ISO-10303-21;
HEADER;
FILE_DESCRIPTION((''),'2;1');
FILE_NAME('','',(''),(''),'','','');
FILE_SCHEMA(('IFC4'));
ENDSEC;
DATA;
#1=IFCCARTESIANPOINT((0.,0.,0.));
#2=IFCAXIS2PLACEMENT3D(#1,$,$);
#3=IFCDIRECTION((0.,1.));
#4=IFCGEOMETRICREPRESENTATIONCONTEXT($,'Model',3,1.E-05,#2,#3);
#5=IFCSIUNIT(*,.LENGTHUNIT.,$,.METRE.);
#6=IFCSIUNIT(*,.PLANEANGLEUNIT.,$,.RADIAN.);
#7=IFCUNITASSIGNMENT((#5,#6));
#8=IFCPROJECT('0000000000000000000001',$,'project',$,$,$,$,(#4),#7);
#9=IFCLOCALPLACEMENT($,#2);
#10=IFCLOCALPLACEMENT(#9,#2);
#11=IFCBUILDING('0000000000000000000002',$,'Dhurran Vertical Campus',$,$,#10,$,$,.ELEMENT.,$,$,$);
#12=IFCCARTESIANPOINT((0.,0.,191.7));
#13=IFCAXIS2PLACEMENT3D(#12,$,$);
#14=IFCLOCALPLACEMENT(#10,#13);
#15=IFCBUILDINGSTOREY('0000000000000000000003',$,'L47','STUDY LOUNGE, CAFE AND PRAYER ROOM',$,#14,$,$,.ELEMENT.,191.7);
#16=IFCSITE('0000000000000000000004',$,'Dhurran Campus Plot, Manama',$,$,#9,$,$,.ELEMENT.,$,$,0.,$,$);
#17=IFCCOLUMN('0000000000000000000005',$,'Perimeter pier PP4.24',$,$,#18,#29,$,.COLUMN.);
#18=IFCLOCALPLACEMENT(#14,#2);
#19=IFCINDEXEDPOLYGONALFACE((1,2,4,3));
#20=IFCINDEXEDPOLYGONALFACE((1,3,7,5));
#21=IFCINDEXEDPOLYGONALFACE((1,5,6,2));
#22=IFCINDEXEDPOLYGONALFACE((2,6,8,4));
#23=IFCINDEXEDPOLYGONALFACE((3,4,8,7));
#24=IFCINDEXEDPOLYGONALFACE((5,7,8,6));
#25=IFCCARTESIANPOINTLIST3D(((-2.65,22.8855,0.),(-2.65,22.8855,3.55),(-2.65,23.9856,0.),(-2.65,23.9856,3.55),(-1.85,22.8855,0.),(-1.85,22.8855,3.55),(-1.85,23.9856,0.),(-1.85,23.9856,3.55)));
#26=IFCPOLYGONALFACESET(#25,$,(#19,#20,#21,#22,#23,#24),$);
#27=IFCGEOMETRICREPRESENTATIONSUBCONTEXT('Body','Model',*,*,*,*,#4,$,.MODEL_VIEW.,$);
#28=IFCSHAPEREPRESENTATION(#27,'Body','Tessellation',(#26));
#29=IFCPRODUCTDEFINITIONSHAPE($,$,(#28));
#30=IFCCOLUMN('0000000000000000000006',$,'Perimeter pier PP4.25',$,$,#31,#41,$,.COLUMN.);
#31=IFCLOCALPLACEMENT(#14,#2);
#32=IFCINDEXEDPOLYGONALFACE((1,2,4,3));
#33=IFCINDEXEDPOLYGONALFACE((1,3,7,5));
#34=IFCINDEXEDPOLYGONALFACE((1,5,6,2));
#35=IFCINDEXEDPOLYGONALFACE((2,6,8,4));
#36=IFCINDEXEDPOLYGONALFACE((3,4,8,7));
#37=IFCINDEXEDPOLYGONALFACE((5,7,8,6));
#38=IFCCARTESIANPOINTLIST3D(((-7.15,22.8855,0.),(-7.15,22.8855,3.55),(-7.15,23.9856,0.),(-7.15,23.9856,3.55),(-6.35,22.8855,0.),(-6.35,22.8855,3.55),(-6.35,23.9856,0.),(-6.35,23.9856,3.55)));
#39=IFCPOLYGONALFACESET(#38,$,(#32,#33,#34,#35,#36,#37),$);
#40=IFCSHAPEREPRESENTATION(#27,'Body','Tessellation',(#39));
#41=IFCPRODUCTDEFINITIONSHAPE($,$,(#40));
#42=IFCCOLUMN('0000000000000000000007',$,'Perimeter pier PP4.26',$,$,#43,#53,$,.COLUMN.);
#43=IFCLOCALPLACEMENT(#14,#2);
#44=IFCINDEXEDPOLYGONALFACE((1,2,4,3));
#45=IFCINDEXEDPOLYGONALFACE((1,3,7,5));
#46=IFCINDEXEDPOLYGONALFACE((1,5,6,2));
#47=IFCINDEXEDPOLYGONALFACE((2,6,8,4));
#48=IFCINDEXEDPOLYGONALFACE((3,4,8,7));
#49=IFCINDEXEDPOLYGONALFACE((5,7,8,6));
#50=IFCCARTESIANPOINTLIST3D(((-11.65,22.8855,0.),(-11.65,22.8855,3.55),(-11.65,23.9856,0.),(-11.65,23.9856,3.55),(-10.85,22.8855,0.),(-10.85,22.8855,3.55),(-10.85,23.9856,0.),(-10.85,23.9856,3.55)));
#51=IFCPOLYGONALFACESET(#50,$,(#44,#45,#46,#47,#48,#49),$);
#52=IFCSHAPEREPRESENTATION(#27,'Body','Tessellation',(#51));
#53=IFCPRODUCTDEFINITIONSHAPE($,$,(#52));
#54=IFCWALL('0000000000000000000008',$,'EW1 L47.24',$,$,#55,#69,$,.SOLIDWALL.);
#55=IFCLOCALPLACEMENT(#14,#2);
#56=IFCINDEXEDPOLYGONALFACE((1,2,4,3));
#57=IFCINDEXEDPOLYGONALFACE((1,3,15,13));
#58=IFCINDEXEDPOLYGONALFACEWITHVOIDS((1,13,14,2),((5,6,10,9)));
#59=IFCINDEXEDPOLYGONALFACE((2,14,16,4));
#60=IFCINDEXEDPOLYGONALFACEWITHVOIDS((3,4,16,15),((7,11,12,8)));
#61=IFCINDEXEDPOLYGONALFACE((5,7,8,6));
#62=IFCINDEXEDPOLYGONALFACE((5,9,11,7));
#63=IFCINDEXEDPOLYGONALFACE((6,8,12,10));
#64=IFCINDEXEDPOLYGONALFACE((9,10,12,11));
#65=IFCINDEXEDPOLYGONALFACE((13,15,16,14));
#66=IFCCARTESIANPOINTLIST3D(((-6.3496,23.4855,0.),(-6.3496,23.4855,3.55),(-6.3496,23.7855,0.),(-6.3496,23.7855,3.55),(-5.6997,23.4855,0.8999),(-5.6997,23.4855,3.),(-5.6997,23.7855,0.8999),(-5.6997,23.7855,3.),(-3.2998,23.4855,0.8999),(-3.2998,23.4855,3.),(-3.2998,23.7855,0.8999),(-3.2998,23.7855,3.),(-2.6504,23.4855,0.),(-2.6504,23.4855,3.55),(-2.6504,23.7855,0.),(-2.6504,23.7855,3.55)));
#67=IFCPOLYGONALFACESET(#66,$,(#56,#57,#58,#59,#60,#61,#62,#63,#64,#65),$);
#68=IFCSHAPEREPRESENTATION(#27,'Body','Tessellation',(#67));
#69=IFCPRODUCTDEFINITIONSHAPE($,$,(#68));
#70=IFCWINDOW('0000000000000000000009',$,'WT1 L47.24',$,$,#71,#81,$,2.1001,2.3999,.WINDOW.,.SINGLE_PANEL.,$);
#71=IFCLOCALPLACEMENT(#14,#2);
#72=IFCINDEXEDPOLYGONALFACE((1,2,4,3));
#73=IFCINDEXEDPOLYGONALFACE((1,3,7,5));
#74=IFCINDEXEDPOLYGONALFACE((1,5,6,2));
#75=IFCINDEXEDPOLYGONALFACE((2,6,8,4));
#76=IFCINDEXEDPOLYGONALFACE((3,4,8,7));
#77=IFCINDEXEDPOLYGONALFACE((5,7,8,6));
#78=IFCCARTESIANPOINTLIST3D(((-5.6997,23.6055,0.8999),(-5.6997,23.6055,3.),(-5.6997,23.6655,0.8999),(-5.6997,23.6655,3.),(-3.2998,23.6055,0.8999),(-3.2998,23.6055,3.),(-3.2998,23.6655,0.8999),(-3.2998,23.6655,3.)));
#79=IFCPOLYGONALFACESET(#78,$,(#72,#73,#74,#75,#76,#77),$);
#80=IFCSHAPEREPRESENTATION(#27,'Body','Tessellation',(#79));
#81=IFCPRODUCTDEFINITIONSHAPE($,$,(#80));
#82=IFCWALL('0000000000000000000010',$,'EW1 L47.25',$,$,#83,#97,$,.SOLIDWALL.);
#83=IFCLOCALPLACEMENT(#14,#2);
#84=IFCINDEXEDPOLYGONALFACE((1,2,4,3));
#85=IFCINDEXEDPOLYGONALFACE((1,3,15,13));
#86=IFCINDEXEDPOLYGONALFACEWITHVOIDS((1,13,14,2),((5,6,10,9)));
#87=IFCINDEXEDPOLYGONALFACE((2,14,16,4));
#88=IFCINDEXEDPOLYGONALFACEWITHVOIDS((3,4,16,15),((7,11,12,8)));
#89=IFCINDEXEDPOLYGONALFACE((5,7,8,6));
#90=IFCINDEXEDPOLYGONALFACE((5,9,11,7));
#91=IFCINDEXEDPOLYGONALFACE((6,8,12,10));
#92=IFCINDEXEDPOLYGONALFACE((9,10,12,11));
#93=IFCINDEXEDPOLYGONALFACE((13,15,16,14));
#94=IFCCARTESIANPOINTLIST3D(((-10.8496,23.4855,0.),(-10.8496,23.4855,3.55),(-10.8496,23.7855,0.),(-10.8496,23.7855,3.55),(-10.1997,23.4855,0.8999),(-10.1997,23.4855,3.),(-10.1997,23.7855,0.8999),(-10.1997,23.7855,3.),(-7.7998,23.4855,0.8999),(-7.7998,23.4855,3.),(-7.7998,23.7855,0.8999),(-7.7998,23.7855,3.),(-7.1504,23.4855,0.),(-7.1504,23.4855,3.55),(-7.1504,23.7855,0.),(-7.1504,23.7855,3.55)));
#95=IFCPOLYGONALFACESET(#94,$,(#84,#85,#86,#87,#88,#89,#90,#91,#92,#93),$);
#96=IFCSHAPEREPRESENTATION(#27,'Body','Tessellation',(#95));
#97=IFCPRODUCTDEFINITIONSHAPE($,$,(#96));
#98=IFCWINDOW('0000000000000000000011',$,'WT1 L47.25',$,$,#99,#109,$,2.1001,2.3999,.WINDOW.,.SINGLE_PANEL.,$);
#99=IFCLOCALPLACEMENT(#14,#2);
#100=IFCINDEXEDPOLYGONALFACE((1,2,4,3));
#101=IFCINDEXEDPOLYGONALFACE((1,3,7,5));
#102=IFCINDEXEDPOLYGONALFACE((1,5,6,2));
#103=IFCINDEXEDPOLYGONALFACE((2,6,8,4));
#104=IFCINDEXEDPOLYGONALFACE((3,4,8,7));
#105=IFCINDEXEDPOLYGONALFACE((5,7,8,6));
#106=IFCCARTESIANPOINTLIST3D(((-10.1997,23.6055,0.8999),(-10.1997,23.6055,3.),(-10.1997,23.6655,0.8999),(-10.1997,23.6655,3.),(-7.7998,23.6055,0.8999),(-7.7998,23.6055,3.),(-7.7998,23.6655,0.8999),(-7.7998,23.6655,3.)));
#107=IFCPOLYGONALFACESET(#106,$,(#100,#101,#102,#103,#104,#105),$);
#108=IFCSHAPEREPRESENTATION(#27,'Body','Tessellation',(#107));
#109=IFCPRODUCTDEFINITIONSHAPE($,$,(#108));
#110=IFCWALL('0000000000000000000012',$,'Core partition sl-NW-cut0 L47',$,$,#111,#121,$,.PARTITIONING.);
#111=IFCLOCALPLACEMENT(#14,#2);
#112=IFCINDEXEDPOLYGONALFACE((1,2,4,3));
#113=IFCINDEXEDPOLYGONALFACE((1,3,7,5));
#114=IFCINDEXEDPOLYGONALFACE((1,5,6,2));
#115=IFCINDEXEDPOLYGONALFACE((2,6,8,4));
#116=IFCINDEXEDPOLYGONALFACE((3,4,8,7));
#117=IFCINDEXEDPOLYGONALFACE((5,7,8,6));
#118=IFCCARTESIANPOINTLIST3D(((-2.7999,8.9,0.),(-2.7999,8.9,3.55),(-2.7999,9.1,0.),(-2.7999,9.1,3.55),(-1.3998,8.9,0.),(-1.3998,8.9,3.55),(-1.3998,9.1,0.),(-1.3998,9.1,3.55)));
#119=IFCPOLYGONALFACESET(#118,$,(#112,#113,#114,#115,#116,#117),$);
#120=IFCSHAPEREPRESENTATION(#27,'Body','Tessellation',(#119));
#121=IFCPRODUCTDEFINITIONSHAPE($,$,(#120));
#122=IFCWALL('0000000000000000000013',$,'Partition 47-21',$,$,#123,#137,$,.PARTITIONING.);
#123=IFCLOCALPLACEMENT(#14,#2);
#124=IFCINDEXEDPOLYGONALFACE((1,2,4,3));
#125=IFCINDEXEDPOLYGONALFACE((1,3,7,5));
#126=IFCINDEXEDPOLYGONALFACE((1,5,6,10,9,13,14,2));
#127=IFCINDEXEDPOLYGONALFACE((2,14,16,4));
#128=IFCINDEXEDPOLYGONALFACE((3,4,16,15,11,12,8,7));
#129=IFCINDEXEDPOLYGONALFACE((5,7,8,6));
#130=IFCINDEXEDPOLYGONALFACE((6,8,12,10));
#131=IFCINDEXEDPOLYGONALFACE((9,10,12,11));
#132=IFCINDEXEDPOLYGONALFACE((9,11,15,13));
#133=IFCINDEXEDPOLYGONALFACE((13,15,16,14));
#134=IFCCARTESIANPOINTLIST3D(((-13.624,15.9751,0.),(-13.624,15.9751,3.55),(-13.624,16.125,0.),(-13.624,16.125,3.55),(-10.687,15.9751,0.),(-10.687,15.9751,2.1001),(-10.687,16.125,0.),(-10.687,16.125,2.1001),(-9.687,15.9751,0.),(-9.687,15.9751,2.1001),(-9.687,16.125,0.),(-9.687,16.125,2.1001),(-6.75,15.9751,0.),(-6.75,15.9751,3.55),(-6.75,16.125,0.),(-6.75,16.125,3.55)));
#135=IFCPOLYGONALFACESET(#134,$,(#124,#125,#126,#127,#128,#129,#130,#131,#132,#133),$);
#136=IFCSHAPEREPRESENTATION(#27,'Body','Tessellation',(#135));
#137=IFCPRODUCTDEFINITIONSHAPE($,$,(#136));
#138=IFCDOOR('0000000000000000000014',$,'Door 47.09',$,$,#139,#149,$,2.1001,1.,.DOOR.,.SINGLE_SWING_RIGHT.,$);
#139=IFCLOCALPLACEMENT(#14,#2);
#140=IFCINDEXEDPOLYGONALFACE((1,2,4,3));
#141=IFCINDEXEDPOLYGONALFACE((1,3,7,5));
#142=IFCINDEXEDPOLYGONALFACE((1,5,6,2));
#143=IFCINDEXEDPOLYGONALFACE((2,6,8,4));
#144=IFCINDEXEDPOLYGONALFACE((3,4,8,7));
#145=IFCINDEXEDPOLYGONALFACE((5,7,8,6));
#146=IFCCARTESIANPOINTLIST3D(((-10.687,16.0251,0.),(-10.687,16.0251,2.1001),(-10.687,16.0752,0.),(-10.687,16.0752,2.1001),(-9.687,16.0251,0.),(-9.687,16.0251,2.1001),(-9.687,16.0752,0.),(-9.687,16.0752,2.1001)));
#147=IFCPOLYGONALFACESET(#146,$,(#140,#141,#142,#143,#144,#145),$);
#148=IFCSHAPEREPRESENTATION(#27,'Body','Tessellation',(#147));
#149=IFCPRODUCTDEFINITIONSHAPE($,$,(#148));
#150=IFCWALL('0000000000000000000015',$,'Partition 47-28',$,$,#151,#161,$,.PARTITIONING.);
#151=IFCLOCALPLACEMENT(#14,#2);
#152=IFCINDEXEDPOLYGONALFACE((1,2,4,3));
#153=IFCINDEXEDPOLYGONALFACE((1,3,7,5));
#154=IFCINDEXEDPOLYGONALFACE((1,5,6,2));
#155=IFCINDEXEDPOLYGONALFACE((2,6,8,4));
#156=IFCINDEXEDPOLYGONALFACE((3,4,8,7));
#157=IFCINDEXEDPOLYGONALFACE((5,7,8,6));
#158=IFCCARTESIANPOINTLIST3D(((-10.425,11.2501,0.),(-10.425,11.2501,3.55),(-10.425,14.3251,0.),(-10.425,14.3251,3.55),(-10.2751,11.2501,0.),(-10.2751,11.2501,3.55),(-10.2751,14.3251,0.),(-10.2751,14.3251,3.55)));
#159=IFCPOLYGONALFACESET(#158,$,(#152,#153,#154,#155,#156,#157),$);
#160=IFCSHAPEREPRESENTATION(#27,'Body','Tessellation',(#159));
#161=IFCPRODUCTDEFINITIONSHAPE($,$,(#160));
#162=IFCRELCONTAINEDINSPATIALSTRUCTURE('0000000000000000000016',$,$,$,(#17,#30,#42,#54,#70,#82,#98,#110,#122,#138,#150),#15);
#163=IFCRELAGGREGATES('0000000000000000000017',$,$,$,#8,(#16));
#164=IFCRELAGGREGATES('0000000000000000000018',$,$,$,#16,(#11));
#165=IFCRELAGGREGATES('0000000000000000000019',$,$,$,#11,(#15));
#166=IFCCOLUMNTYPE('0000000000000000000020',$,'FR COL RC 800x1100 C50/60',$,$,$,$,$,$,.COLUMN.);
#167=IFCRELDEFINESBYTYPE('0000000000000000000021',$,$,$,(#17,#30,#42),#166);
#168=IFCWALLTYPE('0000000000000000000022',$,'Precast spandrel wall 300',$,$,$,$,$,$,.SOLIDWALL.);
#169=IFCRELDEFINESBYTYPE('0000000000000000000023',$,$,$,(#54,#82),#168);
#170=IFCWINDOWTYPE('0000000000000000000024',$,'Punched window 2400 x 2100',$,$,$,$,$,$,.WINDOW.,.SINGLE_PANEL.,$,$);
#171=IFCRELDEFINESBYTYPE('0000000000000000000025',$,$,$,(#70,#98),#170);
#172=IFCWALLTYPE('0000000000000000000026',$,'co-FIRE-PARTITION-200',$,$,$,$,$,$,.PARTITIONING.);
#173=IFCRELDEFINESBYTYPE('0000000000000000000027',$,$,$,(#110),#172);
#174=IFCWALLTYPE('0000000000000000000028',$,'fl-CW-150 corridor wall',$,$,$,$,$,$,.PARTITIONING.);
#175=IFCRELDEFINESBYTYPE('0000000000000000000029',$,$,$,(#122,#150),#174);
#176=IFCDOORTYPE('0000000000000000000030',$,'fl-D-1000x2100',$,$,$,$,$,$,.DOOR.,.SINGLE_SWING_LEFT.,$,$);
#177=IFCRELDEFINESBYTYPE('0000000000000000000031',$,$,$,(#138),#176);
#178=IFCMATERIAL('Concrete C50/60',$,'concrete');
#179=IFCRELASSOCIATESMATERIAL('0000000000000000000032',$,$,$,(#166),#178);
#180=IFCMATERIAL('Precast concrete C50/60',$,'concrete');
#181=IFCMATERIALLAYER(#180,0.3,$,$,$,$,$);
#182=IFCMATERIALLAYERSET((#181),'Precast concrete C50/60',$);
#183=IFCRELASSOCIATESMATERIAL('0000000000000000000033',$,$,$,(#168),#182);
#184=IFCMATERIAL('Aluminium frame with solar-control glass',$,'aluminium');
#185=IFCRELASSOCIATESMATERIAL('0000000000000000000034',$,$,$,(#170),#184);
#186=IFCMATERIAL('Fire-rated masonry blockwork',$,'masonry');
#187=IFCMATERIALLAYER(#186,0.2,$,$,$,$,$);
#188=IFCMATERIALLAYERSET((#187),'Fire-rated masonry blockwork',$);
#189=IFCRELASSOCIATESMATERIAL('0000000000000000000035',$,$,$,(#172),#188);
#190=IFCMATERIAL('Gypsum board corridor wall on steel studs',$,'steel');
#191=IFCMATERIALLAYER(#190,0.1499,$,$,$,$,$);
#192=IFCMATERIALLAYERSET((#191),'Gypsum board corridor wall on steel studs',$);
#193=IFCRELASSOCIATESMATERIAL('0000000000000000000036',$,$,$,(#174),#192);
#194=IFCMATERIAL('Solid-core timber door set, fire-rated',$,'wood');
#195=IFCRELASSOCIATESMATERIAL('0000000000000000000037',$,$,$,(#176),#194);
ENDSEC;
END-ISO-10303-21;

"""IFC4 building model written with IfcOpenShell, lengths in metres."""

from ifc_helpers import new_model, si_unit, direction, frame, frame_2d, origin, origin_2d, place, context, subcontext, project, spatial, rectangle, extrude, material, layer, layer_set, material_profile, profile_set, type_object, element, fill, save


model = new_model("IFC4")

# Units and contexts
model_context = context("Model", 3, precision=1e-05, world=origin(), true_north=direction((0.0, 1.0)))
body_context = subcontext(model_context, "Body", "Model", "MODEL_VIEW")
ifc_project = project(units=[si_unit("LENGTHUNIT", "METRE"), si_unit("PLANEANGLEUNIT", "RADIAN")], contexts=[model_context])

# Site, building, storey
site_placement = place(None, origin())
site = spatial("IfcSite", under=ifc_project, at=site_placement, Name="Dhurran Campus Plot, Manama", CompositionType="ELEMENT", RefElevation=0.0)
building_placement = place(site_placement, origin())
building = spatial("IfcBuilding", under=site, at=building_placement, Name="Dhurran Vertical Campus", CompositionType="ELEMENT")
storey_placement = place(building_placement, frame((0.0, 0.0, 191.7)))
storey = spatial("IfcBuildingStorey", under=building, at=storey_placement, Name="L47", Description="STUDY LOUNGE, CAFE AND PRAYER ROOM", CompositionType="ELEMENT", Elevation=191.7)

# Columns
ifc_material_1 = material(Name="Concrete C50/60", Category="concrete")
ifc_material_profile = material_profile(ifc_material_1, rectangle(XDim=0.8, YDim=1.1001, at=origin_2d()), Name="RC 800x1100")
ifc_profile_set = profile_set([ifc_material_profile], Name="Concrete C50/60")
column_type = type_object("IfcColumnType", Name="FR COL RC 800x1100 C50/60", PredefinedType="COLUMN", material=ifc_profile_set)
for number, where, z_axis, x_axis, name in (
    (1, (-2.25, 23.4355, 0.0), (0.0, 0.0, 1.0), (-1.0, 0.0, 0.0), "Perimeter pier PP4.24"),
    (2, (-6.75, 23.4355, 0.0), (0.0, 0.0, 1.0), (-1.0, 0.0, 0.0), "Perimeter pier PP4.25"),
    (3, (-11.25, 23.4355, 0.0), (0.0, 0.0, 1.0), (-1.0, 0.0, 0.0), "Perimeter pier PP4.26"),
):
    element("IfcColumn", number, at=place(storey_placement, frame(where, z_axis=z_axis, x_axis=x_axis)), inside=storey, type_object=column_type, Name=name, PredefinedType="COLUMN", context=body_context, shape_type="SweptSolid", body=[
        extrude(rectangle(XDim=0.8, YDim=1.1001, at=origin_2d()), origin(), (0.0, 0.0, 1.0), 3.55),
    ])

# Walls, openings, windows
ifc_material_2 = material(Name="Precast concrete C50/60", Category="concrete")
ifc_layer_1 = layer(ifc_material_2, 0.3)
ifc_layer_set_1 = layer_set([ifc_layer_1], Name="Precast concrete C50/60")
wall_type_1 = type_object("IfcWallType", Name="Precast spandrel wall 300", PredefinedType="SOLIDWALL", material=ifc_layer_set_1)
wall_1_placement = place(storey_placement, frame((-2.6504, 23.6355, 0.0), z_axis=(0.0, 0.0, 1.0), x_axis=(-1.0, 0.0, 0.0)))
wall_1 = element("IfcWall", 4, at=wall_1_placement, inside=storey, type_object=wall_type_1, Name="EW1 L47.24", PredefinedType="SOLIDWALL", context=body_context, shape_type="SweptSolid", body=[
    extrude(rectangle(XDim=3.6992, YDim=0.3, at=frame_2d((1.8496, 0.0))), origin(), (0.0, 0.0, 1.0), 3.55),
])
opening_1_placement = place(wall_1_placement, frame((0.6494, 0.0, 0.8999)))
opening_1 = element("IfcOpeningElement", 5, at=opening_1_placement, cuts=wall_1, PredefinedType="OPENING", context=body_context, shape_type="SweptSolid", body=[
    extrude(rectangle(XDim=2.3999, YDim=2.1001, at=frame_2d((1.2, 1.05))), frame((0.0, 0.1599, 0.0), z_axis=(0.0, -1.0, 0.0), x_axis=(1.0, 0.0, 0.0)), (0.0, 0.0, 1.0), 0.3201),
])
ifc_material_3 = material(Name="Aluminium frame with solar-control glass", Category="aluminium")
window_type = type_object("IfcWindowType", Name="Punched window 2400 x 2100", PartitioningType="SINGLE_PANEL", PredefinedType="WINDOW", material=ifc_material_3)
window_1_placement = place(opening_1_placement, origin())
window_1 = element("IfcWindow", 6, at=window_1_placement, inside=storey, type_object=window_type, Name="WT1 L47.24", OverallHeight=2.1001, OverallWidth=2.3999, PartitioningType="SINGLE_PANEL", PredefinedType="WINDOW", context=body_context, shape_type="SweptSolid", body=[
    extrude(rectangle(XDim=2.3999, YDim=2.1001, at=frame_2d((1.2, 1.05))), frame((0.0, 0.03, 0.0), z_axis=(0.0, -1.0, 0.0), x_axis=(1.0, 0.0, 0.0)), (0.0, 0.0, 1.0), 0.0601),
])
fill(opening_1, window_1)
wall_2_placement = place(storey_placement, frame((-7.1504, 23.6355, 0.0), z_axis=(0.0, 0.0, 1.0), x_axis=(-1.0, 0.0, 0.0)))
wall_2 = element("IfcWall", 7, at=wall_2_placement, inside=storey, type_object=wall_type_1, Name="EW1 L47.25", PredefinedType="SOLIDWALL", context=body_context, shape_type="SweptSolid", body=[
    extrude(rectangle(XDim=3.6992, YDim=0.3, at=frame_2d((1.8496, 0.0))), origin(), (0.0, 0.0, 1.0), 3.55),
])
opening_2_placement = place(wall_2_placement, frame((0.6494, 0.0, 0.8999)))
opening_2 = element("IfcOpeningElement", 8, at=opening_2_placement, cuts=wall_2, PredefinedType="OPENING", context=body_context, shape_type="SweptSolid", body=[
    extrude(rectangle(XDim=2.3999, YDim=2.1001, at=frame_2d((1.2, 1.05))), frame((0.0, 0.1599, 0.0), z_axis=(0.0, -1.0, 0.0), x_axis=(1.0, 0.0, 0.0)), (0.0, 0.0, 1.0), 0.3201),
])
window_2_placement = place(opening_2_placement, origin())
window_2 = element("IfcWindow", 9, at=window_2_placement, inside=storey, type_object=window_type, Name="WT1 L47.25", OverallHeight=2.1001, OverallWidth=2.3999, PartitioningType="SINGLE_PANEL", PredefinedType="WINDOW", context=body_context, shape_type="SweptSolid", body=[
    extrude(rectangle(XDim=2.3999, YDim=2.1001, at=frame_2d((1.2, 1.05))), frame((0.0, 0.03, 0.0), z_axis=(0.0, -1.0, 0.0), x_axis=(1.0, 0.0, 0.0)), (0.0, 0.0, 1.0), 0.0601),
])
fill(opening_2, window_2)

# Wall
ifc_material_4 = material(Name="Fire-rated masonry blockwork", Category="masonry")
ifc_layer_2 = layer(ifc_material_4, 0.2)
ifc_layer_set_2 = layer_set([ifc_layer_2], Name="Fire-rated masonry blockwork")
wall_type_2 = type_object("IfcWallType", Name="co-FIRE-PARTITION-200", PredefinedType="PARTITIONING", material=ifc_layer_set_2)
wall_3_placement = place(storey_placement, frame((-2.8, 9.0, 0.0), z_axis=(0.0, 0.0, 1.0), x_axis=(1.0, 0.0, 0.0)))
element("IfcWall", 10, at=wall_3_placement, inside=storey, type_object=wall_type_2, Name="Core partition sl-NW-cut0 L47", PredefinedType="PARTITIONING", context=body_context, shape_type="SweptSolid", body=[
    extrude(rectangle(XDim=1.4001, YDim=0.2, at=frame_2d((0.7002, 0.0))), origin(), (0.0, 0.0, 1.0), 3.55),
])

# Wall, opening, door
ifc_material_5 = material(Name="Gypsum board corridor wall on steel studs", Category="steel")
ifc_layer_3 = layer(ifc_material_5, 0.1499)
ifc_layer_set_3 = layer_set([ifc_layer_3], Name="Gypsum board corridor wall on steel studs")
wall_type_3 = type_object("IfcWallType", Name="fl-CW-150 corridor wall", PredefinedType="PARTITIONING", material=ifc_layer_set_3)
wall_4_placement = place(storey_placement, frame((-6.75, 16.05, 0.0), z_axis=(0.0, 0.0, 1.0), x_axis=(-1.0, 0.0, 0.0)))
wall_4 = element("IfcWall", 11, at=wall_4_placement, inside=storey, type_object=wall_type_3, Name="Partition 47-21", PredefinedType="PARTITIONING", context=body_context, shape_type="SweptSolid", body=[
    extrude(rectangle(XDim=6.874, YDim=0.1499, at=frame_2d((3.437, 0.0))), origin(), (0.0, 0.0, 1.0), 3.55),
])
opening_3_placement = place(wall_4_placement, frame((2.937, 0.0, 0.0)))
opening_3 = element("IfcOpeningElement", 12, at=opening_3_placement, cuts=wall_4, PredefinedType="OPENING", context=body_context, shape_type="SweptSolid", body=[
    extrude(rectangle(XDim=1.0, YDim=2.1001, at=frame_2d((0.5, 1.05))), frame((0.0, 0.085, 0.0), z_axis=(0.0, -1.0, 0.0), x_axis=(1.0, 0.0, 0.0)), (0.0, 0.0, 1.0), 0.1699),
])
ifc_material_6 = material(Name="Solid-core timber door set, fire-rated", Category="wood")
door_type = type_object("IfcDoorType", Name="fl-D-1000x2100", OperationType="SINGLE_SWING_LEFT", PredefinedType="DOOR", material=ifc_material_6)
door_1_placement = place(opening_3_placement, origin())
door_1 = element("IfcDoor", 13, at=door_1_placement, inside=storey, type_object=door_type, Name="Door 47.09", OperationType="SINGLE_SWING_RIGHT", OverallHeight=2.1001, OverallWidth=1.0, PredefinedType="DOOR", context=body_context, shape_type="SweptSolid", body=[
    extrude(rectangle(XDim=1.0, YDim=2.1001, at=frame_2d((0.5, 1.05))), frame((0.0, 0.0249, 0.0), z_axis=(0.0, -1.0, 0.0), x_axis=(1.0, 0.0, 0.0)), (0.0, 0.0, 1.0), 0.05),
])
fill(opening_3, door_1)

# Wall
wall_5_placement = place(storey_placement, frame((-10.3501, 11.25, 0.0), z_axis=(0.0, 0.0, 1.0), x_axis=(0.0, 1.0, 0.0)))
element("IfcWall", 14, at=wall_5_placement, inside=storey, type_object=wall_type_3, Name="Partition 47-28", PredefinedType="PARTITIONING", context=body_context, shape_type="SweptSolid", body=[
    extrude(rectangle(XDim=3.075, YDim=0.1499, at=frame_2d((1.5376, 0.0))), origin(), (0.0, 0.0, 1.0), 3.55),
])

save(model, "model.ifc")
